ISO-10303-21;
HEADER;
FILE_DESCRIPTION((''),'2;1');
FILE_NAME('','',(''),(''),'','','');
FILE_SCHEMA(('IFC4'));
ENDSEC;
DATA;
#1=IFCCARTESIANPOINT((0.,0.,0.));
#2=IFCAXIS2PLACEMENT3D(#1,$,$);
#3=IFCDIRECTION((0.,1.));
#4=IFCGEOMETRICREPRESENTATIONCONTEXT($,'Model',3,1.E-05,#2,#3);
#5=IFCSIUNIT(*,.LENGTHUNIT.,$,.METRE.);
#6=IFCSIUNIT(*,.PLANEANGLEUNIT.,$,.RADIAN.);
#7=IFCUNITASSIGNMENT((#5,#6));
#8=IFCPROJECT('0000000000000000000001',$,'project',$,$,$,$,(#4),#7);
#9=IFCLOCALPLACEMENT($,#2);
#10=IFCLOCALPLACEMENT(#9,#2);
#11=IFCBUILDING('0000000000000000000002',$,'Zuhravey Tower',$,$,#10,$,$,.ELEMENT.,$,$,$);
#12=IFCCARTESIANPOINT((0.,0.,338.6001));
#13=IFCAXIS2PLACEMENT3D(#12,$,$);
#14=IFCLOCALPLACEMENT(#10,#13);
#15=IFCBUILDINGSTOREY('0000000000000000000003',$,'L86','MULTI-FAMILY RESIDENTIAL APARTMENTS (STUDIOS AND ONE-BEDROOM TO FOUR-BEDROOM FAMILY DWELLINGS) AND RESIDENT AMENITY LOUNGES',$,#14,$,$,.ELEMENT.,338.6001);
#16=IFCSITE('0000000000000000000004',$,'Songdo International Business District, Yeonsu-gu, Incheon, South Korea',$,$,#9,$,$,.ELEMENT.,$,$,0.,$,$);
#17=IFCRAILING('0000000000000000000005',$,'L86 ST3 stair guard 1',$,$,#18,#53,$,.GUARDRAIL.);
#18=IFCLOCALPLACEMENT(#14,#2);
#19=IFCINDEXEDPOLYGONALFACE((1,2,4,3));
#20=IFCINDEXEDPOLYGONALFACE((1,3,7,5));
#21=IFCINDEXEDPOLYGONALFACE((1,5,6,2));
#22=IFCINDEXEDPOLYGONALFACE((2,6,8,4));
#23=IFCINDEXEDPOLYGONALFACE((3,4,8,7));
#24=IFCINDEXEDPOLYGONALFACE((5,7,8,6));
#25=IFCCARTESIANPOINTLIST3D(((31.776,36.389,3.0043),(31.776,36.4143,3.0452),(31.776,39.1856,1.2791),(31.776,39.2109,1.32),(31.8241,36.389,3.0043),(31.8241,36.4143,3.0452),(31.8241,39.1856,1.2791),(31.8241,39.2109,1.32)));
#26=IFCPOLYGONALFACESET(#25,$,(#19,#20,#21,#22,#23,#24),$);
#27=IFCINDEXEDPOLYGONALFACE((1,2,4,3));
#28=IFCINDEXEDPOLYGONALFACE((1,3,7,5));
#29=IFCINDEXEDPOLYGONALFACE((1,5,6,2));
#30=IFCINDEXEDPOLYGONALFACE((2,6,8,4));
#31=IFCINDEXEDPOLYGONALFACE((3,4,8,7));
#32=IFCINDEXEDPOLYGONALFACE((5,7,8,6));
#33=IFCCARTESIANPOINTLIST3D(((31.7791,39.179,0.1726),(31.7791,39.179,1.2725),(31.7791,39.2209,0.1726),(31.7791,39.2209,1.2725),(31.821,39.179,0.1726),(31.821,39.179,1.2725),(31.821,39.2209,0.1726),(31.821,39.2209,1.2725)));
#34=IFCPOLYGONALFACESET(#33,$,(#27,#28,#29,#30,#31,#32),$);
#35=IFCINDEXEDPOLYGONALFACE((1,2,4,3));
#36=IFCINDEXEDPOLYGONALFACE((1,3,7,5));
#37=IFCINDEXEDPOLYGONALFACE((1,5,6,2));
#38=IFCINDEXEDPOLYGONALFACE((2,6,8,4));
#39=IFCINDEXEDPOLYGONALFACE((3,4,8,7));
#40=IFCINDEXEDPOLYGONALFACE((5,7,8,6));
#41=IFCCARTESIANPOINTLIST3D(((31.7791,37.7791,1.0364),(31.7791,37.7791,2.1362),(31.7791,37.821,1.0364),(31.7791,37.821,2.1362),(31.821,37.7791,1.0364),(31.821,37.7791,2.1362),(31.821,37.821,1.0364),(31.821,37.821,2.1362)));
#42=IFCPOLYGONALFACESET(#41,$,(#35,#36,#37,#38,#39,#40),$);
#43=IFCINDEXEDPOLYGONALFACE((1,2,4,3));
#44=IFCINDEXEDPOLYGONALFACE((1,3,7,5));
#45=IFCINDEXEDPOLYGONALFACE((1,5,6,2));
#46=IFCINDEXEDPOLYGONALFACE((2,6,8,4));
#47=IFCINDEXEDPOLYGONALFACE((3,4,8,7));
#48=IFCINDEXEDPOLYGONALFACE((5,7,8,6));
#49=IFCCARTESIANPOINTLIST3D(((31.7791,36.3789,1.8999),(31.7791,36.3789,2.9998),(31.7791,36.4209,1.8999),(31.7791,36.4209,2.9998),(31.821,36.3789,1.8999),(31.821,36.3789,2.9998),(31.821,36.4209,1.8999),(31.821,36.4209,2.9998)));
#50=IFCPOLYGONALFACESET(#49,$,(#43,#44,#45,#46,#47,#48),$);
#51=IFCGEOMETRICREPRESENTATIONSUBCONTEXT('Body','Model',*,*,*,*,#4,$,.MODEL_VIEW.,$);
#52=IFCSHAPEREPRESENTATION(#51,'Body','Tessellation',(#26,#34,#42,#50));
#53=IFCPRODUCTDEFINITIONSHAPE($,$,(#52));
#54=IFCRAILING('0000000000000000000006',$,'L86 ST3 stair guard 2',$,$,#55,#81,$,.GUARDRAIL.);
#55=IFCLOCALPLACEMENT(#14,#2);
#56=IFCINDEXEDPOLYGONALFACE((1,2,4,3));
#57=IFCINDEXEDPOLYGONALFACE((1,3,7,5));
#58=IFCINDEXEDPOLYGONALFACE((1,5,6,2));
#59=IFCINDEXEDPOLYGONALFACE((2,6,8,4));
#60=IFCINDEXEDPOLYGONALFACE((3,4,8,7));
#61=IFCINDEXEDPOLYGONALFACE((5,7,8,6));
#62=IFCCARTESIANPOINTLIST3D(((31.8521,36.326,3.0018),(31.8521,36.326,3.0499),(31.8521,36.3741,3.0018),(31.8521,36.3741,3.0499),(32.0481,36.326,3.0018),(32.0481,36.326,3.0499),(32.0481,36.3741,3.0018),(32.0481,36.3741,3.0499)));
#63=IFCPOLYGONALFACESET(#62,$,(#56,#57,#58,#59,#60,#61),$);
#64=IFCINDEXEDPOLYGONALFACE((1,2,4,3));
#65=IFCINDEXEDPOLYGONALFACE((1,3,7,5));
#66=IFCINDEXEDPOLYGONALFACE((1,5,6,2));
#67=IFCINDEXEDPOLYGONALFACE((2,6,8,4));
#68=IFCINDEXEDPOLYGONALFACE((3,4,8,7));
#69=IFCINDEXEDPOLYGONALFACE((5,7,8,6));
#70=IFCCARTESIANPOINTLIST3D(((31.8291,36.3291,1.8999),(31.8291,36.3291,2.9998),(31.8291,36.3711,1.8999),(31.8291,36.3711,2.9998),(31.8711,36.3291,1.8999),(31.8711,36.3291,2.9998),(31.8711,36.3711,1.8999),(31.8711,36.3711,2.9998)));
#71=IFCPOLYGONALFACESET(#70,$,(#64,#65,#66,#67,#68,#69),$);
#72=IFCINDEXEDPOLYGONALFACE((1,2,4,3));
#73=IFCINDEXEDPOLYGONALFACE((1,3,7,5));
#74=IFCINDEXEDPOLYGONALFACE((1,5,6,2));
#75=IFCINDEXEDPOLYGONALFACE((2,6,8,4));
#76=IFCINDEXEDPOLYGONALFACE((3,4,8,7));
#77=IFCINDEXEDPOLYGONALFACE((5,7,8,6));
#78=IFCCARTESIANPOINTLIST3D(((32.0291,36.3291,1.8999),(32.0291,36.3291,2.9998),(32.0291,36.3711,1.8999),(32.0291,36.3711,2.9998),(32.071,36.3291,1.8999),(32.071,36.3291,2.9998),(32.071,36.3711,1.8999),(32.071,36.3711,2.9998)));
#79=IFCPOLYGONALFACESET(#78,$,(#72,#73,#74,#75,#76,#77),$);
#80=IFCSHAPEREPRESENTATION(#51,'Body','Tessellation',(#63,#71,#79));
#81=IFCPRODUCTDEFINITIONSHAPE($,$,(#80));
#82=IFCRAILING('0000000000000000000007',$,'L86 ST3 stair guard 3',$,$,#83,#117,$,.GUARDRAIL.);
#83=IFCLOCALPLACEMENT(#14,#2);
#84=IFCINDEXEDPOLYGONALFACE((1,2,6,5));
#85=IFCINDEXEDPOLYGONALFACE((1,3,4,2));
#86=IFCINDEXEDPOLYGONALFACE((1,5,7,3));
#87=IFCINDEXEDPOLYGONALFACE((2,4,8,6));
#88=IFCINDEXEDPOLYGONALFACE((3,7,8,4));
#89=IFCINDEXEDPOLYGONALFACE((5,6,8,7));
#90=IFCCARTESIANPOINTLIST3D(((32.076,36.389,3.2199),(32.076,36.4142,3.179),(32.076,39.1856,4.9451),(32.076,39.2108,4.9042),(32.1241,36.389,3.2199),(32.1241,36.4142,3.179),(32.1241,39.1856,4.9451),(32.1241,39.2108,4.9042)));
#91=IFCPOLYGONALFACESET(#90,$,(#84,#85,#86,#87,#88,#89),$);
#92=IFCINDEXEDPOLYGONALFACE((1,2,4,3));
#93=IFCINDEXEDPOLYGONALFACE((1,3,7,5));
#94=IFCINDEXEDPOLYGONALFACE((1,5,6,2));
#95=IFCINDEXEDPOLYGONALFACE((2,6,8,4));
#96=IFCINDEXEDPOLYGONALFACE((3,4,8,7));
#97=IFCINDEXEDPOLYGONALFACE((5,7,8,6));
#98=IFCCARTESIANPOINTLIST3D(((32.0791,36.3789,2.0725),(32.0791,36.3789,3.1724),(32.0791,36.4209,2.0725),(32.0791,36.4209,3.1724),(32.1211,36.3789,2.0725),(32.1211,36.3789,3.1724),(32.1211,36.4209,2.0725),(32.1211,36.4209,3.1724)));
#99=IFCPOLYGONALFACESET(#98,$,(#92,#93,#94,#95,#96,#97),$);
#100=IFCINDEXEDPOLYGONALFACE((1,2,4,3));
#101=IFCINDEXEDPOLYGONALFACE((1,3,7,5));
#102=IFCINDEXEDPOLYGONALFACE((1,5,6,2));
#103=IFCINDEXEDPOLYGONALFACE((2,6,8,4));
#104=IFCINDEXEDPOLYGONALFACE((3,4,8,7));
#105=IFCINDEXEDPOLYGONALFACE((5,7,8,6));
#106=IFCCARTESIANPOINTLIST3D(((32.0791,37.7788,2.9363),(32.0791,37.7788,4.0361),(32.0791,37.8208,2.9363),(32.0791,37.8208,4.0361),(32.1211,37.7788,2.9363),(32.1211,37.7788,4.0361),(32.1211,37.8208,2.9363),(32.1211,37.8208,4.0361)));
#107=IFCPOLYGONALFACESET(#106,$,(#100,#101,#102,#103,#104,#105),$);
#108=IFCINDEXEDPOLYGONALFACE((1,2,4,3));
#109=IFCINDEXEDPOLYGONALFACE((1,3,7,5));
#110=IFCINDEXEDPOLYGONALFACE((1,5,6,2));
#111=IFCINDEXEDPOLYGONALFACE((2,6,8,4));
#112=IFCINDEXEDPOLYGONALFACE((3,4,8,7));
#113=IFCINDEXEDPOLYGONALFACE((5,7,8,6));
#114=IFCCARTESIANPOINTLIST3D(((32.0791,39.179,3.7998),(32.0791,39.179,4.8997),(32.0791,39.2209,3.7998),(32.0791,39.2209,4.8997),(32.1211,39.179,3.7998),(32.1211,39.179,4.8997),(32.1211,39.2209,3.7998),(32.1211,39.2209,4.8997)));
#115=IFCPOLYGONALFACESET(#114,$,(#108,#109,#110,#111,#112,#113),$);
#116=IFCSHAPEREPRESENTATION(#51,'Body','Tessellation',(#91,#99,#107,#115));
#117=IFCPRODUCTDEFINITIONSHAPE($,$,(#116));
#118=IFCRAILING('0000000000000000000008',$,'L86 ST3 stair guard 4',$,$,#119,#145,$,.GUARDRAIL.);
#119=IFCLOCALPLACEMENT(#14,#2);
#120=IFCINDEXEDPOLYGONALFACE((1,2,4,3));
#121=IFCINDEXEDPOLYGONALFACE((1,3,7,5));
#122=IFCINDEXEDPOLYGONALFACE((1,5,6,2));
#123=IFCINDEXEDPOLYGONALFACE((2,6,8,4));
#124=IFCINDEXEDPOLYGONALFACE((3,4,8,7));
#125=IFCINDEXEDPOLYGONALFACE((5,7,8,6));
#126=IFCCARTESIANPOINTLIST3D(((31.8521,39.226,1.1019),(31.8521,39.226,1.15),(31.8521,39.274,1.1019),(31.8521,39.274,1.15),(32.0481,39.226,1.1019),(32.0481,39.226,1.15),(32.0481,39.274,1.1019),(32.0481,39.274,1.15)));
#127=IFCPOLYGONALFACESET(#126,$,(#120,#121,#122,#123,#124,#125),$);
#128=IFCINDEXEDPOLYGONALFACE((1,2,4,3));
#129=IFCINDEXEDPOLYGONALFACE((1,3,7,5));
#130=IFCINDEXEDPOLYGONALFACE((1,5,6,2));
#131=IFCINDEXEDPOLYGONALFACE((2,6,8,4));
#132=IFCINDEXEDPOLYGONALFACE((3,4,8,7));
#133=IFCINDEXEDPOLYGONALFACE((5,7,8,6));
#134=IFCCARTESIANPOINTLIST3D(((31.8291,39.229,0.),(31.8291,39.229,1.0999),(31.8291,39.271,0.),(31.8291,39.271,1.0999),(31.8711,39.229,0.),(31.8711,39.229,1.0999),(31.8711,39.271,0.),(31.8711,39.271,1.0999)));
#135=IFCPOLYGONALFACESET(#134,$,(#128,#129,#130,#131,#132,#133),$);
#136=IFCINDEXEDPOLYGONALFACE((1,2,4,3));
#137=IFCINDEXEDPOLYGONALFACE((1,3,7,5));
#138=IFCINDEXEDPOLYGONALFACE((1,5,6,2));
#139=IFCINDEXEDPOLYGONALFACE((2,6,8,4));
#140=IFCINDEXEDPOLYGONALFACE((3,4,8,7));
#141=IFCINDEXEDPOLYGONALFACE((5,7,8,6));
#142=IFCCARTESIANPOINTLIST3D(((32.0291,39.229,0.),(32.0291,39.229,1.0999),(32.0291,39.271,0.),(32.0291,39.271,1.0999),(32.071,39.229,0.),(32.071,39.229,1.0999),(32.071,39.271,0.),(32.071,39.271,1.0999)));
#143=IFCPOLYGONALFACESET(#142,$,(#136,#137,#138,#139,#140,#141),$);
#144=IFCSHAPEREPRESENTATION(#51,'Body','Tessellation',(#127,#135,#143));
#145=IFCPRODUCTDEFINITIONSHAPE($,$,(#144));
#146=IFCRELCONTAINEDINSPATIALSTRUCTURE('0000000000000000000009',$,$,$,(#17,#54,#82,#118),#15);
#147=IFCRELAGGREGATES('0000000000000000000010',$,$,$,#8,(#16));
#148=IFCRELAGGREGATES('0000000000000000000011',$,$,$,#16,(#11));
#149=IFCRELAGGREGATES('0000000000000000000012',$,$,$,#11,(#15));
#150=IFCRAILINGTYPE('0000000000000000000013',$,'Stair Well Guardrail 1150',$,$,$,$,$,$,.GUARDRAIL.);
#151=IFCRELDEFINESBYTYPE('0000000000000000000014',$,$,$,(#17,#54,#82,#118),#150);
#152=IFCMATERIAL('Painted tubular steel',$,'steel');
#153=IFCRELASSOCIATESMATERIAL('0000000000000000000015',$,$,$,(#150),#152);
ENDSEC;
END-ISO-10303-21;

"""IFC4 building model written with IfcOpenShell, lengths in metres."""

from ifc_helpers import new_model, si_unit, direction, frame, origin, origin_2d, place, context, subcontext, project, spatial, rectangle, extrude, material, type_object, element, save


model = new_model("IFC4")

# Units and contexts
model_context = context("Model", 3, precision=1e-05, world=origin(), true_north=direction((0.0, 1.0)))
body_context = subcontext(model_context, "Body", "Model", "MODEL_VIEW")
ifc_project = project(units=[si_unit("LENGTHUNIT", "METRE"), si_unit("PLANEANGLEUNIT", "RADIAN")], contexts=[model_context])

# Site, building, storey
site_placement = place(None, origin())
site = spatial("IfcSite", under=ifc_project, at=site_placement, Name="Songdo International Business District, Yeonsu-gu, Incheon, South Korea", CompositionType="ELEMENT", RefElevation=0.0)
building_placement = place(site_placement, origin())
building = spatial("IfcBuilding", under=site, at=building_placement, Name="Zuhravey Tower", CompositionType="ELEMENT")
storey_placement = place(building_placement, frame((0.0, 0.0, 338.6001)))
storey = spatial("IfcBuildingStorey", under=building, at=storey_placement, Name="L86", Description="MULTI-FAMILY RESIDENTIAL APARTMENTS (STUDIOS AND ONE-BEDROOM TO FOUR-BEDROOM FAMILY DWELLINGS) AND RESIDENT AMENITY LOUNGES", CompositionType="ELEMENT", Elevation=338.6001)

# Railings
ifc_material_1 = material(Name="Painted tubular steel", Category="steel")
railing_type_1 = type_object("IfcRailingType", Name="Stair Well Guardrail 1150", PredefinedType="GUARDRAIL", material=ifc_material_1)
railing_1_placement = place(storey_placement, frame((31.8, 39.2, 0.1726)))
element("IfcRailing", 1, at=railing_1_placement, inside=storey, type_object=railing_type_1, Name="L86 ST3 stair guard 1", PredefinedType="GUARDRAIL", context=body_context, shape_type="SweptSolid", body=[
    extrude(rectangle(XDim=0.0481, YDim=0.0481, at=origin_2d()), frame((0.0, -0.0017, 1.127), z_axis=(0.0, -0.85109, 0.52502), x_axis=(1.0, 0.0, 0.0)), (0.0, 0.0, 1.0), 3.2859),
    extrude(rectangle(XDim=0.042, YDim=0.042, at=origin_2d()), origin(), (0.0, 0.0, 1.0), 1.0999),
    extrude(rectangle(XDim=0.042, YDim=0.042, at=origin_2d()), frame((0.0, -1.3999, 0.8638)), (0.0, 0.0, 1.0), 1.0999),
    extrude(rectangle(XDim=0.042, YDim=0.042, at=origin_2d()), frame((0.0, -2.8, 1.7273)), (0.0, 0.0, 1.0), 1.0999),
])
railing_2_placement = place(storey_placement, frame((31.8501, 36.3501, 1.8999)))
element("IfcRailing", 2, at=railing_2_placement, inside=storey, type_object=railing_type_1, Name="L86 ST3 stair guard 2", PredefinedType="GUARDRAIL", context=body_context, shape_type="SweptSolid", body=[
    extrude(rectangle(XDim=0.0481, YDim=0.0481, at=origin_2d()), frame((0.002, 0.0, 1.126), z_axis=(1.0, 0.0, 0.0), x_axis=(0.0, 1.0, 0.0)), (0.0, 0.0, 1.0), 0.196),
    extrude(rectangle(XDim=0.042, YDim=0.042, at=origin_2d()), origin(), (0.0, 0.0, 1.0), 1.0999),
    extrude(rectangle(XDim=0.042, YDim=0.042, at=origin_2d()), frame((0.2, 0.0, 0.0)), (0.0, 0.0, 1.0), 1.0999),
])
railing_3_placement = place(storey_placement, frame((32.1001, 36.3999, 2.0725)))
element("IfcRailing", 3, at=railing_3_placement, inside=storey, type_object=railing_type_1, Name="L86 ST3 stair guard 3", PredefinedType="GUARDRAIL", context=body_context, shape_type="SweptSolid", body=[
    extrude(rectangle(XDim=0.0481, YDim=0.0481, at=origin_2d()), frame((0.0, 0.0017, 1.127), z_axis=(0.0, 0.85109, 0.52502), x_axis=(-1.0, 0.0, 0.0)), (0.0, 0.0, 1.0), 3.2859),
    extrude(rectangle(XDim=0.042, YDim=0.042, at=origin_2d()), origin(), (0.0, 0.0, 1.0), 1.0999),
    extrude(rectangle(XDim=0.042, YDim=0.042, at=origin_2d()), frame((0.0, 1.3999, 0.8638)), (0.0, 0.0, 1.0), 1.0999),
    extrude(rectangle(XDim=0.042, YDim=0.042, at=origin_2d()), frame((0.0, 2.8, 1.7273)), (0.0, 0.0, 1.0), 1.0999),
])
railing_4_placement = place(storey_placement, frame((31.8501, 39.25, 0.0)))
element("IfcRailing", 4, at=railing_4_placement, inside=storey, type_object=railing_type_1, Name="L86 ST3 stair guard 4", PredefinedType="GUARDRAIL", context=body_context, shape_type="SweptSolid", body=[
    extrude(rectangle(XDim=0.0481, YDim=0.0481, at=origin_2d()), frame((0.002, 0.0, 1.126), z_axis=(1.0, 0.0, 0.0), x_axis=(0.0, 1.0, 0.0)), (0.0, 0.0, 1.0), 0.196),
    extrude(rectangle(XDim=0.042, YDim=0.042, at=origin_2d()), origin(), (0.0, 0.0, 1.0), 1.0999),
    extrude(rectangle(XDim=0.042, YDim=0.042, at=origin_2d()), frame((0.2, 0.0, 0.0)), (0.0, 0.0, 1.0), 1.0999),
])

save(model, "model.ifc")
